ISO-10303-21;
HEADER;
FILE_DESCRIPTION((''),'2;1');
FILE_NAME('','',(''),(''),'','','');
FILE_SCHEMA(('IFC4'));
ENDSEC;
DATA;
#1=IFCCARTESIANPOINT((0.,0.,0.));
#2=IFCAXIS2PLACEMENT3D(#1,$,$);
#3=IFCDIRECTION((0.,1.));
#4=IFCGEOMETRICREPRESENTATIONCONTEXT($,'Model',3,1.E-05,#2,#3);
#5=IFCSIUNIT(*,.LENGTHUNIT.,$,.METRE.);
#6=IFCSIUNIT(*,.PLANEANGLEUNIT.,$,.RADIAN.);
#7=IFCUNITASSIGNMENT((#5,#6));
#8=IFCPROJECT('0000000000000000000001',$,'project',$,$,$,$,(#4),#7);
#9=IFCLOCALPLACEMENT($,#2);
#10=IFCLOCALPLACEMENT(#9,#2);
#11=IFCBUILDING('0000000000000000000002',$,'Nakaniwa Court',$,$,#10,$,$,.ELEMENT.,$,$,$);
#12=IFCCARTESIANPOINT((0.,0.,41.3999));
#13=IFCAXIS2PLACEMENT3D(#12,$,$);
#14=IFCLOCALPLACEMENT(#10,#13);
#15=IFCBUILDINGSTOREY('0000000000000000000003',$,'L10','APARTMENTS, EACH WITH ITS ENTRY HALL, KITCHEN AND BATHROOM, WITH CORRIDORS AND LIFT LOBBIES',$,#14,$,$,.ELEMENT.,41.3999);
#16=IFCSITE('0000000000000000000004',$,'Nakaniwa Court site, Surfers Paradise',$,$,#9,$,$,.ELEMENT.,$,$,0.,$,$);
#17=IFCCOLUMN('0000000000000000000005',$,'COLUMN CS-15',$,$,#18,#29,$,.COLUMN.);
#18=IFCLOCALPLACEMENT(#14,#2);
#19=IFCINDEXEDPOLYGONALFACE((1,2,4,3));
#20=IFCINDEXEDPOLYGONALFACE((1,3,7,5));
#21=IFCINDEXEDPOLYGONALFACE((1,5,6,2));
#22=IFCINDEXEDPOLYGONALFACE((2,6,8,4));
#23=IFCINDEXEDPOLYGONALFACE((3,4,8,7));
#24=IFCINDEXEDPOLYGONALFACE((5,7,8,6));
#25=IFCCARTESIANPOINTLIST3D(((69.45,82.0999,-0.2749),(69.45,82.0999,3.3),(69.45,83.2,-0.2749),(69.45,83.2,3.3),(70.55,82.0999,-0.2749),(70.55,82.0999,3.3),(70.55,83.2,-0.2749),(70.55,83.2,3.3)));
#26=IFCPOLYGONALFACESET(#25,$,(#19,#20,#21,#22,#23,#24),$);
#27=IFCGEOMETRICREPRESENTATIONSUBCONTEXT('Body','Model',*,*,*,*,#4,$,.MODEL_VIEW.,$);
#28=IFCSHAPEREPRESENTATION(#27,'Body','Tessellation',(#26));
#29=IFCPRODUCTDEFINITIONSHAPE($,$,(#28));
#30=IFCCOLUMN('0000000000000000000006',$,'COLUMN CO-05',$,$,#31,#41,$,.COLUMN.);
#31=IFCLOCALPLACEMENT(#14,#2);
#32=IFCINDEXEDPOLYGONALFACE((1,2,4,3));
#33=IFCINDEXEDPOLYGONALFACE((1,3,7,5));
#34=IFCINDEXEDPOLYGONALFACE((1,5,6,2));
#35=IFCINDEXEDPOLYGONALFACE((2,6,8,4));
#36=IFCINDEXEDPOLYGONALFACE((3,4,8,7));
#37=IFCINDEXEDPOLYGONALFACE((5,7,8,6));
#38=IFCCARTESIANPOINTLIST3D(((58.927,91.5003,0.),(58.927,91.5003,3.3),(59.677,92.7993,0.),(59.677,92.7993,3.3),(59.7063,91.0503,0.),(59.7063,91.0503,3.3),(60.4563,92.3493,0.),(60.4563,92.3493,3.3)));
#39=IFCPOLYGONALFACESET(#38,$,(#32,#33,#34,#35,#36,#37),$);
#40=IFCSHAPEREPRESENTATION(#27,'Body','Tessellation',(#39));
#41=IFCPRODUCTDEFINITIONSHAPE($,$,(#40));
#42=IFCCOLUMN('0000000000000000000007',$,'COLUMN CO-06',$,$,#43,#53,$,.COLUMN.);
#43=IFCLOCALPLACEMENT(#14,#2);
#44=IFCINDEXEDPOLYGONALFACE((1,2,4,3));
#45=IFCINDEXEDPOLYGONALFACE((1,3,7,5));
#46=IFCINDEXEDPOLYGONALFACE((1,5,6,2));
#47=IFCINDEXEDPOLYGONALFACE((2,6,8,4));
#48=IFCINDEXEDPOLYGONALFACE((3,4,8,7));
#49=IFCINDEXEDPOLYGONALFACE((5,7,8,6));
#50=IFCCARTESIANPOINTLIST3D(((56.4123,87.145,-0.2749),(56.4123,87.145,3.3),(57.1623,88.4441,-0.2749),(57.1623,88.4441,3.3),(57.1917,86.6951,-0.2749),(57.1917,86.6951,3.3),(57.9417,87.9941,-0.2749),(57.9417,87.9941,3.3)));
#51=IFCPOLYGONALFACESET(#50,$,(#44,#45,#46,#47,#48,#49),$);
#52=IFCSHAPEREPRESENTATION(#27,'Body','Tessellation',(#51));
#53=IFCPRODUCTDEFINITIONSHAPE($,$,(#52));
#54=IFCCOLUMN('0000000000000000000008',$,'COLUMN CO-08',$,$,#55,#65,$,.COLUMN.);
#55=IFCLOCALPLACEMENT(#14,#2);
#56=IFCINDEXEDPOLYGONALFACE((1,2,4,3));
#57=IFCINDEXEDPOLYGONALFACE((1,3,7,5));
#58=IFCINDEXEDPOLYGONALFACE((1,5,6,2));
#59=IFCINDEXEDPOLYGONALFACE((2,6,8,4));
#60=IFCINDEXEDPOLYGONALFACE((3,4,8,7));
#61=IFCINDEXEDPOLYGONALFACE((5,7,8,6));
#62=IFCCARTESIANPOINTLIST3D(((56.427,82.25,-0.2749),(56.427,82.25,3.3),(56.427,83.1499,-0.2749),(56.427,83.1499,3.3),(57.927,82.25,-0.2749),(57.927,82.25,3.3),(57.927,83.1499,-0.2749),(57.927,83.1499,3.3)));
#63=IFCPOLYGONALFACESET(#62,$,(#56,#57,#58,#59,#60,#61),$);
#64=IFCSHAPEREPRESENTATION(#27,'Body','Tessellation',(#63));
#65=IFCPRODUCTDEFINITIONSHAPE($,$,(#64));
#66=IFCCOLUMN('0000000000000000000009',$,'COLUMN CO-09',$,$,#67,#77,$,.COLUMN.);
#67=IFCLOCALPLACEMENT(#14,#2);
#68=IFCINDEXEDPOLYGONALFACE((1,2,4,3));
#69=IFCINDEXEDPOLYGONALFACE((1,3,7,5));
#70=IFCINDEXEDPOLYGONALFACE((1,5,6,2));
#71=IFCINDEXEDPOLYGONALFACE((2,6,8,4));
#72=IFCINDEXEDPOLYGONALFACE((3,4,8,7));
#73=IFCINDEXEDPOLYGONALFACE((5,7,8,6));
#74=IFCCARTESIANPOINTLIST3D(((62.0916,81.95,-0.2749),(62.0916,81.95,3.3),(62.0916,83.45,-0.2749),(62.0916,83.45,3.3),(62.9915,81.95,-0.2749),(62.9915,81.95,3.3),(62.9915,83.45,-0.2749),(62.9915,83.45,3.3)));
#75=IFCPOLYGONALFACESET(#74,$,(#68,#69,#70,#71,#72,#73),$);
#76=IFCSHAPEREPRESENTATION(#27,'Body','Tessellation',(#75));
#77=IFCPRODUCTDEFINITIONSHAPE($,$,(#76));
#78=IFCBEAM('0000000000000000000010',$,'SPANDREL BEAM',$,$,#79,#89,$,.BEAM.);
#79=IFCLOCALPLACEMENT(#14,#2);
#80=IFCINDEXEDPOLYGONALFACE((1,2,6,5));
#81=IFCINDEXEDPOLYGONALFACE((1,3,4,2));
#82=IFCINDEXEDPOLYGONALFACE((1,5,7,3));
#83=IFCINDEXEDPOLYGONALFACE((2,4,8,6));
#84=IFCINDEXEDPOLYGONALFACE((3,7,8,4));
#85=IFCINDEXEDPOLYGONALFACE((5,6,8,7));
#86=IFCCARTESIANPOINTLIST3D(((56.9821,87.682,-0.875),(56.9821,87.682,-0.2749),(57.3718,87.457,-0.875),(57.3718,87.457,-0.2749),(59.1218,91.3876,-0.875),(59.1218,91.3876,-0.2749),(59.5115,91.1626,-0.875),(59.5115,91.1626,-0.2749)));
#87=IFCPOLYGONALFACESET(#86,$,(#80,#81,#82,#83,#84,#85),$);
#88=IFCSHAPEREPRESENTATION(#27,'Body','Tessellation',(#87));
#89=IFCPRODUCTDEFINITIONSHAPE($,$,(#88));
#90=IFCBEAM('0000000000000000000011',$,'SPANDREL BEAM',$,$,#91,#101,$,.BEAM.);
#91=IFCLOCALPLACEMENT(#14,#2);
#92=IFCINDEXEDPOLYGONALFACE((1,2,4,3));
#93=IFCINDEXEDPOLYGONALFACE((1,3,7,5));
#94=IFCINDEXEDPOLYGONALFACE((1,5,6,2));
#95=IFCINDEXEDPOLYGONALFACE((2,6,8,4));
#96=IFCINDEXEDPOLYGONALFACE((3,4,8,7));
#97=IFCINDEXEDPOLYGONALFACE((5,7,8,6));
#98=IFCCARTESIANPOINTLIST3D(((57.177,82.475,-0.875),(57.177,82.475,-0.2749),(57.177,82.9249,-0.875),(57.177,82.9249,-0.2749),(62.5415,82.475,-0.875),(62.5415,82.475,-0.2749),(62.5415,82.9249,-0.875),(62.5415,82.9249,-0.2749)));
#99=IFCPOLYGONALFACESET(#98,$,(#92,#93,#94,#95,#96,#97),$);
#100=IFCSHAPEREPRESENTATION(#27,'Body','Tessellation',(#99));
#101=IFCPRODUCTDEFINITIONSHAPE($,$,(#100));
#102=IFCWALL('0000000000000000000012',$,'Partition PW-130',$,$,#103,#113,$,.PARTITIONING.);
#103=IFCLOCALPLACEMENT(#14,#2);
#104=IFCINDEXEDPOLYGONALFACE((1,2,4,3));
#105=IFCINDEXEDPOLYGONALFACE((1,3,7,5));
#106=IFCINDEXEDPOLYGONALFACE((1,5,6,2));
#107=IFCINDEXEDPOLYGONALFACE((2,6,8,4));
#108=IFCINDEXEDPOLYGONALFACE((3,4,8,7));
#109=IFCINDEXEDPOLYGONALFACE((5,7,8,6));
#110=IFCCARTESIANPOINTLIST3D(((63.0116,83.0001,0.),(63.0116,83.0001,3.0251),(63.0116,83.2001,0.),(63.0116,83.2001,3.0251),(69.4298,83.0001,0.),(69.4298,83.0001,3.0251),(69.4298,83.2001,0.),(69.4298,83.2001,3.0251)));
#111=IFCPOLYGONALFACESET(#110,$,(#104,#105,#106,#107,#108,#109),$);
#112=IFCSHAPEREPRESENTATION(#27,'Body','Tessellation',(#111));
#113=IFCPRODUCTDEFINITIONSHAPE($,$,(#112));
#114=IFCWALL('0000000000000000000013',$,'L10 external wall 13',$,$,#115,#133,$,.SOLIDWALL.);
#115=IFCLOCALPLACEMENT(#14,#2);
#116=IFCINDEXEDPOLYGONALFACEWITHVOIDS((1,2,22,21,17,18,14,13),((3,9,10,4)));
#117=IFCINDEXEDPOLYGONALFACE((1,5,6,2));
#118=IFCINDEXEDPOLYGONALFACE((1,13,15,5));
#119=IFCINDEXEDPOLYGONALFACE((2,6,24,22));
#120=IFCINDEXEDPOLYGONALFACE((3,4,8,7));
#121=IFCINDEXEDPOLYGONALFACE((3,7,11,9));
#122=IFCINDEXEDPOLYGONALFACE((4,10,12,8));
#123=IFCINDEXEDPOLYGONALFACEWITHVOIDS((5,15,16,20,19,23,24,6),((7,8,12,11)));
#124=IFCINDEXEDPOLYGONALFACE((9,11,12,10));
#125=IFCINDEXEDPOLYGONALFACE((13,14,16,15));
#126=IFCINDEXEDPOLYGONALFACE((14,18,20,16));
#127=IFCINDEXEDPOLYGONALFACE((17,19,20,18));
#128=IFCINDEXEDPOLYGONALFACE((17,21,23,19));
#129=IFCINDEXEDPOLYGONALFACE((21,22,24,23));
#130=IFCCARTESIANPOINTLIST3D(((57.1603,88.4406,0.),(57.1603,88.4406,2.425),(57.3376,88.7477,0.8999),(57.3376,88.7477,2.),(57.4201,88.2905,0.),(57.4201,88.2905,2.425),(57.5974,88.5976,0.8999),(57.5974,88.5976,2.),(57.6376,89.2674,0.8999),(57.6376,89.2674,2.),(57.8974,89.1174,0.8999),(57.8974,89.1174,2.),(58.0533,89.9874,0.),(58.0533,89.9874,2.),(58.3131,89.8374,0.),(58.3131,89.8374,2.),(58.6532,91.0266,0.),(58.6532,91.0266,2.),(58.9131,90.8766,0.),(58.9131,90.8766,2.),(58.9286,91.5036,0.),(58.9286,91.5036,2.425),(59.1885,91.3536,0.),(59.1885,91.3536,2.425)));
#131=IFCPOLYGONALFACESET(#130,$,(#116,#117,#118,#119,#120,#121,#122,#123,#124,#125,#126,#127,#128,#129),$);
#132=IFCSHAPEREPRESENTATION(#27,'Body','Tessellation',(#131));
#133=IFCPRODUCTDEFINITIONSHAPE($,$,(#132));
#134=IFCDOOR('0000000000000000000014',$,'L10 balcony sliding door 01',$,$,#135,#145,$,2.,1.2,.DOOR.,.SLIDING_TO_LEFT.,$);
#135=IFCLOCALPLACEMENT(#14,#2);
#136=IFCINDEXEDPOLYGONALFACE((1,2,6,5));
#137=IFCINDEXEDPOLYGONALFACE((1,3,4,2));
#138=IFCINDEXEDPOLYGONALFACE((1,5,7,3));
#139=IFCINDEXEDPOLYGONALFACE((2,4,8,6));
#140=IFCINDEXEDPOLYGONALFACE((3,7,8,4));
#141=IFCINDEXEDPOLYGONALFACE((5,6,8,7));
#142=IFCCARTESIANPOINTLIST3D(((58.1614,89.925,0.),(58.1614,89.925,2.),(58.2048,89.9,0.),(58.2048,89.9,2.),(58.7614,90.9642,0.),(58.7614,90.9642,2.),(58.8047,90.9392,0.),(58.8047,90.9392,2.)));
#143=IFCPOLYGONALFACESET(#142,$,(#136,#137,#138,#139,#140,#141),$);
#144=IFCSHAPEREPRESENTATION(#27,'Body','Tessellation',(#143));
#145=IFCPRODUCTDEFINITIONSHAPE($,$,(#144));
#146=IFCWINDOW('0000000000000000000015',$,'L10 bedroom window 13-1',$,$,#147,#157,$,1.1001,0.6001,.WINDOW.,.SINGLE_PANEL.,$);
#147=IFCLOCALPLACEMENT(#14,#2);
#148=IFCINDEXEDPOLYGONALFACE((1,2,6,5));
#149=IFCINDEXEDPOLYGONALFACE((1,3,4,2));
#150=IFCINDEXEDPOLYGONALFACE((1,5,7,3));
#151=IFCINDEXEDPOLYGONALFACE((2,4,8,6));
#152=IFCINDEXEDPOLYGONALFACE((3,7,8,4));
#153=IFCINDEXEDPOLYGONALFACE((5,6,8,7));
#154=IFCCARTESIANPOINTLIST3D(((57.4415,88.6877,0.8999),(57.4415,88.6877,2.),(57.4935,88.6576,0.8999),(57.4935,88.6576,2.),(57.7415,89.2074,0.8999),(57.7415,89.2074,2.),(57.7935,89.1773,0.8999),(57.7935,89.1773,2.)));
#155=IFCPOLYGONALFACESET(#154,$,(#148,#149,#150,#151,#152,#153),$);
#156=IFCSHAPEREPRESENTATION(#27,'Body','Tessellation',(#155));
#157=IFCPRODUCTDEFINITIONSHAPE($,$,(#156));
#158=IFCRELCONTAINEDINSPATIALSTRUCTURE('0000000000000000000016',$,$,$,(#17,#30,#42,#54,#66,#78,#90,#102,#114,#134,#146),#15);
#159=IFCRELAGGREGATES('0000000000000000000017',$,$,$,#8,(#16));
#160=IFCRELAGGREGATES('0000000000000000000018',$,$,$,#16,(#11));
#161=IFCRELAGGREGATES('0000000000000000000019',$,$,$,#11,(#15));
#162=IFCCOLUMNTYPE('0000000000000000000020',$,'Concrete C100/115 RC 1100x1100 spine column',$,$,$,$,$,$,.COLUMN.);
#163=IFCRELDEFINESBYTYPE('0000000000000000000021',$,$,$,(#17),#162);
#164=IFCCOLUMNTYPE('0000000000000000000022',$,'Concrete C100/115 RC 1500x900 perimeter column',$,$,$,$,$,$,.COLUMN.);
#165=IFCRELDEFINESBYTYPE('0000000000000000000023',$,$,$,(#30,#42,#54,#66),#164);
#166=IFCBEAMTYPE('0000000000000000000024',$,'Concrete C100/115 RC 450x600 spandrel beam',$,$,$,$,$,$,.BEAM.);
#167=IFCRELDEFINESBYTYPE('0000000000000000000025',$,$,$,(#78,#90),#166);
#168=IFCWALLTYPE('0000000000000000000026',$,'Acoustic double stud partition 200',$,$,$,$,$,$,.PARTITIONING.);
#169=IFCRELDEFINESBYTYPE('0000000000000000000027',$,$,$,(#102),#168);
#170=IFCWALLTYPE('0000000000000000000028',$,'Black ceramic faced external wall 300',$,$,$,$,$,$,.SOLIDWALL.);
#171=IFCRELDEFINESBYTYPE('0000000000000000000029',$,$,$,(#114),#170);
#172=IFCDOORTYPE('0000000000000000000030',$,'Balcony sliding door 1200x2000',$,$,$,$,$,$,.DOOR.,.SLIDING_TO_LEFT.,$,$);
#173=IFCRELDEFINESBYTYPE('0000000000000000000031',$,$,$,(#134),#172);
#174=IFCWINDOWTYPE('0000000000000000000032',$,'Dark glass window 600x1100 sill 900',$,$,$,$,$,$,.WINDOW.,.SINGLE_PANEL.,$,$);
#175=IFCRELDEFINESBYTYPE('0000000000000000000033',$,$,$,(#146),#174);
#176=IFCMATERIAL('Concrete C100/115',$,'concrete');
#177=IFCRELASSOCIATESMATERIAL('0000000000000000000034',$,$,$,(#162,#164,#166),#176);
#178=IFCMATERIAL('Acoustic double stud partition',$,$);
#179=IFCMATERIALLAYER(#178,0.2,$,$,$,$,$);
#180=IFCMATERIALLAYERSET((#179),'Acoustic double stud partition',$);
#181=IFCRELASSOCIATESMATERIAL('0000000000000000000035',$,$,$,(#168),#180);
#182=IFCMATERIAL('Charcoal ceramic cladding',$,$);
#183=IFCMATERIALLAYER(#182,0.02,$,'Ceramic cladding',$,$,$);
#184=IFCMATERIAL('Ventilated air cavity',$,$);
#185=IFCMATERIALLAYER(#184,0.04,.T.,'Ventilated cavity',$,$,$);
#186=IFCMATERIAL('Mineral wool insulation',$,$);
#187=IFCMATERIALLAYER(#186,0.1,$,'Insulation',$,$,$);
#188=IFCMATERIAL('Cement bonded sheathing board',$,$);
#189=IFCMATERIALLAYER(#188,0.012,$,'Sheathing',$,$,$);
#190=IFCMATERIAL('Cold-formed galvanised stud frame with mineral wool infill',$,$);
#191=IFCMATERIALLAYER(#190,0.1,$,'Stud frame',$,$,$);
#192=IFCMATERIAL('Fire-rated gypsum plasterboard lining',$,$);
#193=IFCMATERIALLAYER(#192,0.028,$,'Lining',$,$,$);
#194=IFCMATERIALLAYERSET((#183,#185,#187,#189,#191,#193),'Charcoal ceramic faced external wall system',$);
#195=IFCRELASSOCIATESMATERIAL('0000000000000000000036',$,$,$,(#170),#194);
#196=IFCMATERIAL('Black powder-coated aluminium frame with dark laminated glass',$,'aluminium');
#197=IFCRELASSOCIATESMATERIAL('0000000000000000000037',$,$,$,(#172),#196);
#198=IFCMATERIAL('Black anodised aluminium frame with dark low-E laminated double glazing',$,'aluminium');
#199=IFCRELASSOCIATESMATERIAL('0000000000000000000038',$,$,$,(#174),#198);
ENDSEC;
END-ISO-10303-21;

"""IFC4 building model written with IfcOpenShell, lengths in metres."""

from ifc_helpers import new_model, si_unit, direction, frame, frame_2d, origin, origin_2d, place, context, subcontext, project, spatial, rectangle, extrude, material, layer, layer_set, material_profile, profile_set, type_object, element, fill, save


model = new_model("IFC4")

# Units and contexts
model_context = context("Model", 3, precision=1e-05, world=origin(), true_north=direction((0.0, 1.0)))
body_context = subcontext(model_context, "Body", "Model", "MODEL_VIEW")
ifc_project = project(units=[si_unit("LENGTHUNIT", "METRE"), si_unit("PLANEANGLEUNIT", "RADIAN")], contexts=[model_context])

# Site, building, storey
site_placement = place(None, origin())
site = spatial("IfcSite", under=ifc_project, at=site_placement, Name="Nakaniwa Court site, Surfers Paradise", CompositionType="ELEMENT", RefElevation=0.0)
building_placement = place(site_placement, origin())
building = spatial("IfcBuilding", under=site, at=building_placement, Name="Nakaniwa Court", CompositionType="ELEMENT")
storey_placement = place(building_placement, frame((0.0, 0.0, 41.3999)))
storey = spatial("IfcBuildingStorey", under=building, at=storey_placement, Name="L10", Description="APARTMENTS, EACH WITH ITS ENTRY HALL, KITCHEN AND BATHROOM, WITH CORRIDORS AND LIFT LOBBIES", CompositionType="ELEMENT", Elevation=41.3999)

# Columns
ifc_material_1 = material(Name="Concrete C100/115", Category="concrete")
ifc_material_profile_1 = material_profile(ifc_material_1, rectangle(XDim=1.1001, YDim=1.1001, at=origin_2d()), Name="Concrete C100/115 RC 1100x1100 spine column")
ifc_profile_set_1 = profile_set([ifc_material_profile_1], Name="Concrete C100/115")
column_type_1 = type_object("IfcColumnType", Name="Concrete C100/115 RC 1100x1100 spine column", PredefinedType="COLUMN", material=ifc_profile_set_1)
column_1_placement = place(storey_placement, frame((70.0, 82.6499, -0.2749), z_axis=(0.0, 0.0, 1.0), x_axis=(0.0, -1.0, 0.0)))
element("IfcColumn", 1, at=column_1_placement, inside=storey, type_object=column_type_1, Name="COLUMN CS-15", PredefinedType="COLUMN", context=body_context, shape_type="SweptSolid", body=[
    extrude(rectangle(XDim=1.1001, YDim=1.1001, at=origin_2d()), origin(), (0.0, 0.0, 1.0), 3.575),
])
ifc_material_profile_2 = material_profile(ifc_material_1, rectangle(XDim=1.5, YDim=0.8999, at=origin_2d()), Name="Concrete C100/115 RC 1500x900 perimeter column")
ifc_profile_set_2 = profile_set([ifc_material_profile_2], Name="Concrete C100/115")
column_type_2 = type_object("IfcColumnType", Name="Concrete C100/115 RC 1500x900 perimeter column", PredefinedType="COLUMN", material=ifc_profile_set_2)
column_2_placement = place(storey_placement, frame((59.6917, 91.9248, 0.0), z_axis=(0.0, 0.0, 1.0), x_axis=(-0.5, -0.866025, 0.0)))
element("IfcColumn", 2, at=column_2_placement, inside=storey, type_object=column_type_2, Name="COLUMN CO-05", PredefinedType="COLUMN", context=body_context, shape_type="SweptSolid", body=[
    extrude(rectangle(XDim=1.5, YDim=0.8999, at=origin_2d()), origin(), (0.0, 0.0, 1.0), 3.3),
])
for number, where, z_axis, x_axis, name in (
    (3, (57.177, 87.5696, -0.2749), (0.0, 0.0, 1.0), (-0.5, -0.866025, 0.0), "COLUMN CO-06"),
    (4, (57.177, 82.7, -0.2749), (0.0, 0.0, 1.0), (1.0, 0.0, 0.0), "COLUMN CO-08"),
    (5, (62.5415, 82.7, -0.2749), (0.0, 0.0, 1.0), (0.0, -1.0, 0.0), "COLUMN CO-09"),
):
    element("IfcColumn", number, at=place(storey_placement, frame(where, z_axis=z_axis, x_axis=x_axis)), inside=storey, type_object=column_type_2, Name=name, PredefinedType="COLUMN", context=body_context, shape_type="SweptSolid", body=[
        extrude(rectangle(XDim=1.5, YDim=0.8999, at=origin_2d()), origin(), (0.0, 0.0, 1.0), 3.575),
    ])

# Beams
ifc_material_profile_3 = material_profile(ifc_material_1, rectangle(XDim=0.45, YDim=0.6001, at=origin_2d()), Name="Concrete C100/115 RC 450x600 spandrel beam")
ifc_profile_set_3 = profile_set([ifc_material_profile_3], Name="Concrete C100/115")
beam_type = type_object("IfcBeamType", Name="Concrete C100/115 RC 450x600 spandrel beam", PredefinedType="BEAM", material=ifc_profile_set_3)
beam_1_placement = place(storey_placement, frame((59.3167, 91.2751, -0.575), z_axis=(-0.500042, -0.866001, 0.0), x_axis=(0.866001, -0.500042, 0.0)))
element("IfcBeam", 6, at=beam_1_placement, inside=storey, type_object=beam_type, Name="SPANDREL BEAM", PredefinedType="BEAM", context=body_context, shape_type="SweptSolid", body=[
    extrude(rectangle(XDim=0.45, YDim=0.6001, at=origin_2d()), origin(), (0.0, 0.0, 1.0), 4.2791),
])
beam_2_placement = place(storey_placement, frame((57.177, 82.7, -0.575), z_axis=(1.0, 0.0, 0.0), x_axis=(0.0, 1.0, 0.0)))
element("IfcBeam", 7, at=beam_2_placement, inside=storey, type_object=beam_type, Name="SPANDREL BEAM", PredefinedType="BEAM", context=body_context, shape_type="SweptSolid", body=[
    extrude(rectangle(XDim=0.45, YDim=0.6001, at=origin_2d()), origin(), (0.0, 0.0, 1.0), 5.3645),
])

# Wall
ifc_material_2 = material(Name="Acoustic double stud partition")
ifc_layer_1 = layer(ifc_material_2, 0.2)
ifc_layer_set_1 = layer_set([ifc_layer_1], Name="Acoustic double stud partition")
wall_type_1 = type_object("IfcWallType", Name="Acoustic double stud partition 200", PredefinedType="PARTITIONING", material=ifc_layer_set_1)
wall_1_placement = place(storey_placement, frame((63.0117, 83.1001, 0.0), z_axis=(0.0, 0.0, 1.0), x_axis=(1.0, 0.0, 0.0)))
element("IfcWall", 8, at=wall_1_placement, inside=storey, type_object=wall_type_1, Name="Partition PW-130", PredefinedType="PARTITIONING", context=body_context, shape_type="SweptSolid", body=[
    extrude(rectangle(XDim=6.4182, YDim=0.2, at=frame_2d((3.209, 0.0))), origin(), (0.0, 0.0, 1.0), 3.0251),
])

# Wall, openings, door, window
ifc_material_3 = material(Name="Charcoal ceramic cladding")
ifc_layer_2 = layer(ifc_material_3, 0.02, Name="Ceramic cladding")
ifc_material_4 = material(Name="Ventilated air cavity")
ifc_layer_3 = layer(ifc_material_4, 0.04, ventilated=True, Name="Ventilated cavity")
ifc_material_5 = material(Name="Mineral wool insulation")
ifc_layer_4 = layer(ifc_material_5, 0.1, Name="Insulation")
ifc_material_6 = material(Name="Cement bonded sheathing board")
ifc_layer_5 = layer(ifc_material_6, 0.012, Name="Sheathing")
ifc_material_7 = material(Name="Cold-formed galvanised stud frame with mineral wool infill")
ifc_layer_6 = layer(ifc_material_7, 0.1, Name="Stud frame")
ifc_material_8 = material(Name="Fire-rated gypsum plasterboard lining")
ifc_layer_7 = layer(ifc_material_8, 0.028, Name="Lining")
ifc_layer_set_2 = layer_set([ifc_layer_2, ifc_layer_3, ifc_layer_4, ifc_layer_5, ifc_layer_6, ifc_layer_7], Name="Charcoal ceramic faced external wall system")
wall_type_2 = type_object("IfcWallType", Name="Black ceramic faced external wall 300", PredefinedType="SOLIDWALL", material=ifc_layer_set_2)
wall_2_placement = place(storey_placement, frame((59.0586, 91.4287, 0.0), z_axis=(0.0, 0.0, 1.0), x_axis=(-0.499977, -0.866038, 0.0)))
wall_2 = element("IfcWall", 9, at=wall_2_placement, inside=storey, type_object=wall_type_2, Name="L10 external wall 13", PredefinedType="SOLIDWALL", context=body_context, shape_type="SweptSolid", body=[
    extrude(rectangle(XDim=3.5369, YDim=0.3, at=frame_2d((1.7686, 0.0))), origin(), (0.0, 0.0, 1.0), 2.425),
])
opening_1_placement = place(wall_2_placement, frame((0.5508, 0.0, 0.0)))
opening_1 = element("IfcOpeningElement", 10, at=opening_1_placement, cuts=wall_2, PredefinedType="OPENING", context=body_context, shape_type="SweptSolid", body=[
    extrude(rectangle(XDim=1.2, YDim=2.0, at=frame_2d((0.6001, 1.0))), frame((0.0, 0.1599, 0.0), z_axis=(0.0, -1.0, 0.0), x_axis=(1.0, 0.0, 0.0)), (0.0, 0.0, 1.0), 0.3201),
])
opening_2_placement = place(wall_2_placement, frame((2.5823, 0.0, 0.8999)))
opening_2 = element("IfcOpeningElement", 11, at=opening_2_placement, cuts=wall_2, PredefinedType="OPENING", context=body_context, shape_type="SweptSolid", body=[
    extrude(rectangle(XDim=0.6001, YDim=1.1001, at=frame_2d((0.3, 0.55))), frame((0.0, 0.1599, 0.0), z_axis=(0.0, -1.0, 0.0), x_axis=(1.0, 0.0, 0.0)), (0.0, 0.0, 1.0), 0.3201),
])
ifc_material_9 = material(Name="Black powder-coated aluminium frame with dark laminated glass", Category="aluminium")
door_type_1 = type_object("IfcDoorType", Name="Balcony sliding door 1200x2000", OperationType="SLIDING_TO_LEFT", PredefinedType="DOOR", material=ifc_material_9)
door_1_placement = place(opening_1_placement, origin())
door_1 = element("IfcDoor", 12, at=door_1_placement, inside=storey, type_object=door_type_1, Name="L10 balcony sliding door 01", OperationType="SLIDING_TO_LEFT", OverallHeight=2.0, OverallWidth=1.2, PredefinedType="DOOR", context=body_context, shape_type="SweptSolid", body=[
    extrude(rectangle(XDim=1.2, YDim=2.0, at=frame_2d((0.6001, 1.0))), frame((0.0, 0.0249, 0.0), z_axis=(0.0, -1.0, 0.0), x_axis=(1.0, 0.0, 0.0)), (0.0, 0.0, 1.0), 0.05),
])
fill(opening_1, door_1)
ifc_material_10 = material(Name="Black anodised aluminium frame with dark low-E laminated double glazing", Category="aluminium")
window_type_1 = type_object("IfcWindowType", Name="Dark glass window 600x1100 sill 900", PartitioningType="SINGLE_PANEL", PredefinedType="WINDOW", material=ifc_material_10)
window_1_placement = place(opening_2_placement, origin())
window_1 = element("IfcWindow", 13, at=window_1_placement, inside=storey, type_object=window_type_1, Name="L10 bedroom window 13-1", OverallHeight=1.1001, OverallWidth=0.6001, PartitioningType="SINGLE_PANEL", PredefinedType="WINDOW", context=body_context, shape_type="SweptSolid", body=[
    extrude(rectangle(XDim=0.6001, YDim=1.1001, at=frame_2d((0.3, 0.55))), frame((0.0, 0.03, 0.0), z_axis=(0.0, -1.0, 0.0), x_axis=(1.0, 0.0, 0.0)), (0.0, 0.0, 1.0), 0.0601),
])
fill(opening_2, window_1)

save(model, "model.ifc")
